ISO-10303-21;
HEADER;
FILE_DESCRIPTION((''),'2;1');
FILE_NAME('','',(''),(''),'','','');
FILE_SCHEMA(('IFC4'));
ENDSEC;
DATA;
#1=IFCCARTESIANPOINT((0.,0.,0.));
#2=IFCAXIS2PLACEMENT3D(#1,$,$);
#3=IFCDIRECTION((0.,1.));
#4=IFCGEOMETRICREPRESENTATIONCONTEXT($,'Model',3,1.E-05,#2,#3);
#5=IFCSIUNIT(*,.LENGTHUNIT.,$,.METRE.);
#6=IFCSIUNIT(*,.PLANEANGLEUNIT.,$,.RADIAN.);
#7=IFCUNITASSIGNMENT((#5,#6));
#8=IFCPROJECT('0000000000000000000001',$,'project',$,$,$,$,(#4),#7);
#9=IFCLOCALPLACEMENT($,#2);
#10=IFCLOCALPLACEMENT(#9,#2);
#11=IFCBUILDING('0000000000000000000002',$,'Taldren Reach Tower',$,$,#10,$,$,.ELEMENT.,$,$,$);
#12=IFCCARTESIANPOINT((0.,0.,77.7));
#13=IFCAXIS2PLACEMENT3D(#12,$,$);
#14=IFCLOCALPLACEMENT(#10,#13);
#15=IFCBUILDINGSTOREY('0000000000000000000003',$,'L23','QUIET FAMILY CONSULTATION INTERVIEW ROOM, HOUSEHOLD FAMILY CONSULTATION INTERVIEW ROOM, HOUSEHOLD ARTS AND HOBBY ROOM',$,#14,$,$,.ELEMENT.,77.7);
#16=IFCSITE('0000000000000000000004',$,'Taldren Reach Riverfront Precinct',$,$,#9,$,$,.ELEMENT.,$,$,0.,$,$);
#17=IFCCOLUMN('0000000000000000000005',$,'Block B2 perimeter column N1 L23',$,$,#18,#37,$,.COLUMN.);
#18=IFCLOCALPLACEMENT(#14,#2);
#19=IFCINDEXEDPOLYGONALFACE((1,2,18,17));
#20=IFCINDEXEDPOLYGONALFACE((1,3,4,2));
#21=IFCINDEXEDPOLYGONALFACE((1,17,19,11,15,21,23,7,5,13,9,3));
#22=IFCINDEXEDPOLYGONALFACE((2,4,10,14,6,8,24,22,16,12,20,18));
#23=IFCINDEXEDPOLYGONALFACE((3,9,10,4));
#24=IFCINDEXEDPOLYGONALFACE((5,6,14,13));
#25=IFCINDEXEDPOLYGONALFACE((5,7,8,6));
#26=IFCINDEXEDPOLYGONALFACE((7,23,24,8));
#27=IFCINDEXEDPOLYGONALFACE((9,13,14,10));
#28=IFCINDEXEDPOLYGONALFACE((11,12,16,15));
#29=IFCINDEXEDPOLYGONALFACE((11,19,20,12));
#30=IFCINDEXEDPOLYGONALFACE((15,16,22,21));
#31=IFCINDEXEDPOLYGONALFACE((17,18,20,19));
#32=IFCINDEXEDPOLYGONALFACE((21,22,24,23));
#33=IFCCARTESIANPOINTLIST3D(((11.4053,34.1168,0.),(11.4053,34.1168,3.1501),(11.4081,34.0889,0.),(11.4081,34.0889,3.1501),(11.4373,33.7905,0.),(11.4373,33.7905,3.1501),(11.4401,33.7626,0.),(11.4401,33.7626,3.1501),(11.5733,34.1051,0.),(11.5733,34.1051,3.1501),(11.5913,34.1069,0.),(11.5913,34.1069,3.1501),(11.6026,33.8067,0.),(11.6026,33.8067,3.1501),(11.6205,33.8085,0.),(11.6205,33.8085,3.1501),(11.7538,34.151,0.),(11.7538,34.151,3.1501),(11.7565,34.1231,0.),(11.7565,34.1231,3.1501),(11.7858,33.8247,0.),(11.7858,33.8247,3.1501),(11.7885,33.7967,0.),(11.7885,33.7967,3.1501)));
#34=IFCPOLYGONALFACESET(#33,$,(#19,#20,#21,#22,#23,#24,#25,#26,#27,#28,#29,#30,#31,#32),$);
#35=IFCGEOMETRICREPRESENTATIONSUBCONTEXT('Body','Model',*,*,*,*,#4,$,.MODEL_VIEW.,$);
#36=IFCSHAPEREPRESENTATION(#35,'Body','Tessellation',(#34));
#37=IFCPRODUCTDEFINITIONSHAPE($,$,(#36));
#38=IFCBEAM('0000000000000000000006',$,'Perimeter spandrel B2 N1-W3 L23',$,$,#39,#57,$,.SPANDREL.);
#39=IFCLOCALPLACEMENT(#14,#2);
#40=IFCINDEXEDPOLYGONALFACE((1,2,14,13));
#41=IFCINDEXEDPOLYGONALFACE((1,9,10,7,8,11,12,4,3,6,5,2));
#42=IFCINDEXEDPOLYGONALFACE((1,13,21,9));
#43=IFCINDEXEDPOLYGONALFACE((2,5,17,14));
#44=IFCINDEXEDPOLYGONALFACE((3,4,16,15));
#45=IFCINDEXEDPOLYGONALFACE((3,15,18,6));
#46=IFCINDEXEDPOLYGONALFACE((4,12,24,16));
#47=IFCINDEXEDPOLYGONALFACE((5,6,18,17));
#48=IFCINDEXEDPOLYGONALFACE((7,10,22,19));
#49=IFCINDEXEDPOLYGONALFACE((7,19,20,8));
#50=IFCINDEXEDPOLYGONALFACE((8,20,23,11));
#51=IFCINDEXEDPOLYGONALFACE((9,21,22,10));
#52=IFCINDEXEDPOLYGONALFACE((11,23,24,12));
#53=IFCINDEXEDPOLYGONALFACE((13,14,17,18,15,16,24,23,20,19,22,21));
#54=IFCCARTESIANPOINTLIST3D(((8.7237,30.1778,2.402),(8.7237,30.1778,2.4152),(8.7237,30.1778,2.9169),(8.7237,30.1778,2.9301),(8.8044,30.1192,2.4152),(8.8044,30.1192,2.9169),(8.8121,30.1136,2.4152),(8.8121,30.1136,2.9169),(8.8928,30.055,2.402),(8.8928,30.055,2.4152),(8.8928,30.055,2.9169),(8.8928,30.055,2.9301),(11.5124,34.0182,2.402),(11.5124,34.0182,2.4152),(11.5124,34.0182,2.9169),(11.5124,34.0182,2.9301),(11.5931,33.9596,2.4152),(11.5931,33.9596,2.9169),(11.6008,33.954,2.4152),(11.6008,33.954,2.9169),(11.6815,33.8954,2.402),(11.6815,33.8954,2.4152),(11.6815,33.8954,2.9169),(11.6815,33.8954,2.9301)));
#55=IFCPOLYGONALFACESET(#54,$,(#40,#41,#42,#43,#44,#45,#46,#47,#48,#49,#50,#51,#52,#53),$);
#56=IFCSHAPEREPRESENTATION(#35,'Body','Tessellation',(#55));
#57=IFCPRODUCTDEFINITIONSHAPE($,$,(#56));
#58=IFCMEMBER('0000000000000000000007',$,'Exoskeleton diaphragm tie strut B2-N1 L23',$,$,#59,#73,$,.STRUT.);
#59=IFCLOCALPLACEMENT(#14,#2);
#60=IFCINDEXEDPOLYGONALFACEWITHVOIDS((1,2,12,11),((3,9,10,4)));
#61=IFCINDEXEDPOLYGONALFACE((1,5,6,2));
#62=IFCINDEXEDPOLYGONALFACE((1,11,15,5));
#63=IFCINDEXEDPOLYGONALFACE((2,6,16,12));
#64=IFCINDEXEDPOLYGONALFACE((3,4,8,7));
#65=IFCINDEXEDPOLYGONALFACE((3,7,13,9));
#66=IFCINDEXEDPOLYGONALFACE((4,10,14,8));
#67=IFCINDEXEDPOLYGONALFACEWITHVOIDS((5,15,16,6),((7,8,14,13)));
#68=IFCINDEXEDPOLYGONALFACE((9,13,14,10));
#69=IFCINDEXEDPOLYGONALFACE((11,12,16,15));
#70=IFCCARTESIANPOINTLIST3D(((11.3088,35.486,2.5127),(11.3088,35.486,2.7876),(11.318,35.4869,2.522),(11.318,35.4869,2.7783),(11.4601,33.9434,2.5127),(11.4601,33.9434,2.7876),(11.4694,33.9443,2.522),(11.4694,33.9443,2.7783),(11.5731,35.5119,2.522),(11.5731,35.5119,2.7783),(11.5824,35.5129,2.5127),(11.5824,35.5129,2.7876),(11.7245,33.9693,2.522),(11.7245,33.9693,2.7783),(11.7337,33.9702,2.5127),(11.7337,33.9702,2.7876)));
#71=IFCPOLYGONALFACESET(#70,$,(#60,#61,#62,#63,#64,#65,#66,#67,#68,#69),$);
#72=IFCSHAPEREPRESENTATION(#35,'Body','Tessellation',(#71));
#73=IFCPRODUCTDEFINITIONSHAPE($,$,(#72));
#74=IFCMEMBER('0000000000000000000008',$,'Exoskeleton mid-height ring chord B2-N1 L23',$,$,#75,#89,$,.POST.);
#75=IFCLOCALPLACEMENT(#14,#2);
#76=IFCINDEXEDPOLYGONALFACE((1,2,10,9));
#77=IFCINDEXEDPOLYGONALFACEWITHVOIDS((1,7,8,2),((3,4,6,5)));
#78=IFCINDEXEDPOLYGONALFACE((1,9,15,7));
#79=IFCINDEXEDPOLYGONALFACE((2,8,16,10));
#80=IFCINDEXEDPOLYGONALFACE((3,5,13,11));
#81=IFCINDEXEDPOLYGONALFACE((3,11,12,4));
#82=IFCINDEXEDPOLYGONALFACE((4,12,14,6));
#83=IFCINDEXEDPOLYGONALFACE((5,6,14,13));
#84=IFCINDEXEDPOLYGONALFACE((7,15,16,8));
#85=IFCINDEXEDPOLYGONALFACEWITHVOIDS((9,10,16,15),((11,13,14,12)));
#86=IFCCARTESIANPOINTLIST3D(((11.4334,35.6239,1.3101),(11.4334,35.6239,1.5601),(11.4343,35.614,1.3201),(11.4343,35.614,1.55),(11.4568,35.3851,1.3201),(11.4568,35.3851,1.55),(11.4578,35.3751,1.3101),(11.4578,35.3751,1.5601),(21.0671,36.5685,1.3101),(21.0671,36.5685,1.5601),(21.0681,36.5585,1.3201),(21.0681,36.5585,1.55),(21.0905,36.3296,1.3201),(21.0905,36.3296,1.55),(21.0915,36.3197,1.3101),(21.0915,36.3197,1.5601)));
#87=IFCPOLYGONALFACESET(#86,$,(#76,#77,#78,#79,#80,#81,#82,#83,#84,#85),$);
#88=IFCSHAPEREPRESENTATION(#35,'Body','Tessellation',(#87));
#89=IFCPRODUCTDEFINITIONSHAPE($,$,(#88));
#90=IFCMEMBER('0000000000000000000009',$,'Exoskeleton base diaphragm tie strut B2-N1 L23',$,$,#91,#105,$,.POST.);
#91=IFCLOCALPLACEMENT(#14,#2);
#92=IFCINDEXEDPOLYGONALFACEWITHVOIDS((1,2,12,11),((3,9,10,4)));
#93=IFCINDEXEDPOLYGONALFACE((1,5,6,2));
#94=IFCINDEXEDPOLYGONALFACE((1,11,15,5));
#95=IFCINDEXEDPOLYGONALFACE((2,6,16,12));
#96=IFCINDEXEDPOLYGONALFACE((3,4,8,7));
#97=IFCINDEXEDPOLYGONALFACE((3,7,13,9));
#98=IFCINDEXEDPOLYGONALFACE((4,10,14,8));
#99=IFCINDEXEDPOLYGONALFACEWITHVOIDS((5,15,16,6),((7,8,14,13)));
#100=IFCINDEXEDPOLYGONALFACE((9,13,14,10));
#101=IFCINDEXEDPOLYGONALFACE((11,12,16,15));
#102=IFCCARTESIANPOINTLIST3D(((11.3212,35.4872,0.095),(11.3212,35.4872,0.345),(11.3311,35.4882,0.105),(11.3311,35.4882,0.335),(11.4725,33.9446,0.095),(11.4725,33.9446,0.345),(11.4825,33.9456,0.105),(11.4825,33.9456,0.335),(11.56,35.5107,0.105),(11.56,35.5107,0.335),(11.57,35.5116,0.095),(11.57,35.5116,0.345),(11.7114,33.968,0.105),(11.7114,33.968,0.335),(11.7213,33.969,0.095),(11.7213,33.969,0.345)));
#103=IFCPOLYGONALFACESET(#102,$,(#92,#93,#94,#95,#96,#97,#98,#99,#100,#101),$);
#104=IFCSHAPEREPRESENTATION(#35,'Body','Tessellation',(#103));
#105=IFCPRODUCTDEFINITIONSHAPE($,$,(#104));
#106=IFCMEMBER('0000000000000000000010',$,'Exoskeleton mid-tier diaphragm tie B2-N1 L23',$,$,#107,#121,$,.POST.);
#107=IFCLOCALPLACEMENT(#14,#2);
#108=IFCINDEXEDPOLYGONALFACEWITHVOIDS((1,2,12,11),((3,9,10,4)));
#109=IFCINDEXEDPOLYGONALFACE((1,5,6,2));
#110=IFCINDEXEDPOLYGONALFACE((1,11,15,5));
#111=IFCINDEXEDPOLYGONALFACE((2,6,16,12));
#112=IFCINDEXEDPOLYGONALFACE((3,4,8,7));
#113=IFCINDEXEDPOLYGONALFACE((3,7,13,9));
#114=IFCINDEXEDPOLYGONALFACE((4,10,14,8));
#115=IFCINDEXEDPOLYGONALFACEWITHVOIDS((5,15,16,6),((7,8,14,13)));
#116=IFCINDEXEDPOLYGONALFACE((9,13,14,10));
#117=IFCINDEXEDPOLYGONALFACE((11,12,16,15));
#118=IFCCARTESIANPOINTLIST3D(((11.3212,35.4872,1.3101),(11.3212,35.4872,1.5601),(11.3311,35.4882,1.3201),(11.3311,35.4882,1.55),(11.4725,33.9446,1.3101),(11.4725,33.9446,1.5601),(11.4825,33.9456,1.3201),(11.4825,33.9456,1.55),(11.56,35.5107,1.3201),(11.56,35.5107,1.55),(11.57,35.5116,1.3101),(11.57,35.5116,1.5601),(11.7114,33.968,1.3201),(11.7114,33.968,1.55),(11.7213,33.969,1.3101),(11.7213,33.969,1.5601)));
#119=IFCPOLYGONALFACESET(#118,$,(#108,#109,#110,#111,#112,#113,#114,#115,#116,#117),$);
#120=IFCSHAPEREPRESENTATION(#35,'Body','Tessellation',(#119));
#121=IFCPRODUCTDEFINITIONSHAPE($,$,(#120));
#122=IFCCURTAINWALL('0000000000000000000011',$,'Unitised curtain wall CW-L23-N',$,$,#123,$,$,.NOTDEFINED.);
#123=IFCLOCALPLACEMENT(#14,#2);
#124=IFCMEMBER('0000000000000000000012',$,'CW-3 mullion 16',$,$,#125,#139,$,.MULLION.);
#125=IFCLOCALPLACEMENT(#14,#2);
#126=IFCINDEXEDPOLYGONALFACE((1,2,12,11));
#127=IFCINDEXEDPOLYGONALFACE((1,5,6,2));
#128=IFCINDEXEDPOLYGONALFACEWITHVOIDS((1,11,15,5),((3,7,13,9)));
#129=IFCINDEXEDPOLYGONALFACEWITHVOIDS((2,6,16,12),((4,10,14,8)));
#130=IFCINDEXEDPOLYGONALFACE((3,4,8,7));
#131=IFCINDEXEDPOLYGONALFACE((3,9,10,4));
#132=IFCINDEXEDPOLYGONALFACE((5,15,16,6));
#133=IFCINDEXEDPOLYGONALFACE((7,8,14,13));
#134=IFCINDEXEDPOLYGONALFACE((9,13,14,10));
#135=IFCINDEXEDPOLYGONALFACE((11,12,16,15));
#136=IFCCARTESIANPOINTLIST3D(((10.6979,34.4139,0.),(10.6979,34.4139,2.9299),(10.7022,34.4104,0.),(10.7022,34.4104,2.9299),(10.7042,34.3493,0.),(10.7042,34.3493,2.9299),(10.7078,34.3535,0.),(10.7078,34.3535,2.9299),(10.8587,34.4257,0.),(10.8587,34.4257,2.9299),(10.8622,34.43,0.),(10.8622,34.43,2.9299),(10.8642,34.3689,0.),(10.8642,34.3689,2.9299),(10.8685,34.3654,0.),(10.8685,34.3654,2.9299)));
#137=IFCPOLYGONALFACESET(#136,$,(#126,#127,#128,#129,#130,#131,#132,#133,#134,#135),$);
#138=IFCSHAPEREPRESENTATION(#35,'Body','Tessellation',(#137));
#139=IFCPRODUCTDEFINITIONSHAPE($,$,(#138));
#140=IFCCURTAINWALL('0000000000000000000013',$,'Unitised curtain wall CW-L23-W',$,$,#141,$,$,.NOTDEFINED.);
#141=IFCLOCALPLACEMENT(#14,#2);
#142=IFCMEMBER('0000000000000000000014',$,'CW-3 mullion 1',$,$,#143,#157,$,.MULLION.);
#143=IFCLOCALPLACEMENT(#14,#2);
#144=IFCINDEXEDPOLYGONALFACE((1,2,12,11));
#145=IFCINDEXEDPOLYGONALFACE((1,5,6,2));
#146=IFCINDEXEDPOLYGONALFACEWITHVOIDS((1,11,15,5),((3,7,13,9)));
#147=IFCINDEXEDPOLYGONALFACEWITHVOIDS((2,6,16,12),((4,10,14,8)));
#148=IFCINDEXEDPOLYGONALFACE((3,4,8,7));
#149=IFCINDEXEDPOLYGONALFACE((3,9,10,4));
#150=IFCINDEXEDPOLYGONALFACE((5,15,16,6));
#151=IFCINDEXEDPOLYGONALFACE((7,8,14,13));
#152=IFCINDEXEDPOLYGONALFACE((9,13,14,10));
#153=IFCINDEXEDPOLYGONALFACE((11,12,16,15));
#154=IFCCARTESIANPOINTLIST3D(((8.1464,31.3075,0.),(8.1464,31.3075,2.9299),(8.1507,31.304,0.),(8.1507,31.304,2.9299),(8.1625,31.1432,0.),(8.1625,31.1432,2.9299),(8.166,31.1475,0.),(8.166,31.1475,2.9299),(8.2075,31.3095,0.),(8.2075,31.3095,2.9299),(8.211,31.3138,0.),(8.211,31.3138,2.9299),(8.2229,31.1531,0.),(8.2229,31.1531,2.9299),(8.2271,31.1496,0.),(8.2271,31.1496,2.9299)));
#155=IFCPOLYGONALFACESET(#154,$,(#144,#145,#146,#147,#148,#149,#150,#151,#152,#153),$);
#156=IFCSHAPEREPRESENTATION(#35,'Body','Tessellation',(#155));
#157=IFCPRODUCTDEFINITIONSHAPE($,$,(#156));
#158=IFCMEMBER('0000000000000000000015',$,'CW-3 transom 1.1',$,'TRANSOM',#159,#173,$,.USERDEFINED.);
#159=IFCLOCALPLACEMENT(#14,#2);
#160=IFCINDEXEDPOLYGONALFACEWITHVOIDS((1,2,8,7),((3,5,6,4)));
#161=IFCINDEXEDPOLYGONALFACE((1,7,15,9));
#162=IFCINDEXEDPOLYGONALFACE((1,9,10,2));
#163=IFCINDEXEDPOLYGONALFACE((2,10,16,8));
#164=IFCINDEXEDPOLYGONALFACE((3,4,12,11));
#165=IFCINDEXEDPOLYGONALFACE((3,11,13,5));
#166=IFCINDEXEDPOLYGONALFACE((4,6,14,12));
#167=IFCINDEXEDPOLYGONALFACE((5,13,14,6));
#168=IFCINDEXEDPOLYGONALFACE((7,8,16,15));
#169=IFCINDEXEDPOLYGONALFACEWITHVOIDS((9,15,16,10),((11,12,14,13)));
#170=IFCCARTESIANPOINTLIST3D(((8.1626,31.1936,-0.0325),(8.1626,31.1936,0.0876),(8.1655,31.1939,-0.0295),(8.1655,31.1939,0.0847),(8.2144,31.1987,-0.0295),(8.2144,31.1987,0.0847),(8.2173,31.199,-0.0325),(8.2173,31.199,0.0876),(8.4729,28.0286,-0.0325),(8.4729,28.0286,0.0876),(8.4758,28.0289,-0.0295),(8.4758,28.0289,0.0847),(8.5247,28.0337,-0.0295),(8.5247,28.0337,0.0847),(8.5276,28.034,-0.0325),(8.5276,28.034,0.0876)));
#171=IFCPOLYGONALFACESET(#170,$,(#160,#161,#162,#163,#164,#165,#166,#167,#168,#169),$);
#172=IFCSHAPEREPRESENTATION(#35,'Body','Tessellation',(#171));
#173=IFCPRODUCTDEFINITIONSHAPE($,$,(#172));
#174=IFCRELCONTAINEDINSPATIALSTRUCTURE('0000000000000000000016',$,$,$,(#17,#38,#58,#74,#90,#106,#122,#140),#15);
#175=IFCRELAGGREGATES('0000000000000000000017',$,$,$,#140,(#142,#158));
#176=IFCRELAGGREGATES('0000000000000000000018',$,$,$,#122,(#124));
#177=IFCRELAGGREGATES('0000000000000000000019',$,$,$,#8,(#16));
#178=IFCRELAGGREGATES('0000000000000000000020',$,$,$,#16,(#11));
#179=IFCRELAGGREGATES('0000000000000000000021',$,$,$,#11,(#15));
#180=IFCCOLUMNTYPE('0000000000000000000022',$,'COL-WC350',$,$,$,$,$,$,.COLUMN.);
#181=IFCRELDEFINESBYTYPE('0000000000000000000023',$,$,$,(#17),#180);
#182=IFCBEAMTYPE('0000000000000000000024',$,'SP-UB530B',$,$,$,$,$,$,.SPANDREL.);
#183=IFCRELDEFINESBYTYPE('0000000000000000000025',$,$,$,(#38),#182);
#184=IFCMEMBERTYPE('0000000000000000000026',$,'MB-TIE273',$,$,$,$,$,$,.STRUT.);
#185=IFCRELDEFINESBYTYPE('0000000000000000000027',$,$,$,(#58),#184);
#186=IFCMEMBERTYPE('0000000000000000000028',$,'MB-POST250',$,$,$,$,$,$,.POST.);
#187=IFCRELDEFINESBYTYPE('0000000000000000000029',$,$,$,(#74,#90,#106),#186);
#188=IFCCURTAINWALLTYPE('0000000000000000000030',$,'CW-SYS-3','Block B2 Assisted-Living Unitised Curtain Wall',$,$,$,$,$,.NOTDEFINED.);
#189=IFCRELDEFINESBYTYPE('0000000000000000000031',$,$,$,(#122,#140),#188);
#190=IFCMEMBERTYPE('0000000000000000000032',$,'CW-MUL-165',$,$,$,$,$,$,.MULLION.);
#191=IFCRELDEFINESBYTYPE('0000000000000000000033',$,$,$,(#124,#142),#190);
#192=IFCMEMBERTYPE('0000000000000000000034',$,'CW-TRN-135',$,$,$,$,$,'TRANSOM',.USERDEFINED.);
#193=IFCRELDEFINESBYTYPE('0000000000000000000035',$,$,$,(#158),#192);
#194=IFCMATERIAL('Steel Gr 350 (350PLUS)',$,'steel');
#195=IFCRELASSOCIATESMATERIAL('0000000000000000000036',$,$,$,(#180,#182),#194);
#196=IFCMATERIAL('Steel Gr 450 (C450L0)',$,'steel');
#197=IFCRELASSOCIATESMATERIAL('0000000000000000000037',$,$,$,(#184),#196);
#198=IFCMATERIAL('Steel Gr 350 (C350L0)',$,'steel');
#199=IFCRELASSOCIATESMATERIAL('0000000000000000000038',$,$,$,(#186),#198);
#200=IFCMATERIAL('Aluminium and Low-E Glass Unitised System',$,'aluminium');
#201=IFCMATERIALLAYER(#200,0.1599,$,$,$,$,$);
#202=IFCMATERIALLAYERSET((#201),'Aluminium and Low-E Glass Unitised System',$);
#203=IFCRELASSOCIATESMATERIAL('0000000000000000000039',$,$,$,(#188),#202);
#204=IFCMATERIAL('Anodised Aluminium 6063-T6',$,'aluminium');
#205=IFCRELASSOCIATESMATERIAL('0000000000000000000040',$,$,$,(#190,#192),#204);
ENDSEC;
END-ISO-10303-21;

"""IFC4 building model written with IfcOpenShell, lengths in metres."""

from ifc_helpers import new_model, si_unit, direction, frame, origin, origin_2d, place, context, subcontext, project, spatial, hollow_rectangle, i_section, extrude, source, transform, mapped, material, layer, layer_set, material_profile, profile_set, type_object, element, aggregate, save


model = new_model("IFC4")

# Units and contexts
model_context = context("Model", 3, precision=1e-05, world=origin(), true_north=direction((0.0, 1.0)))
body_context = subcontext(model_context, "Body", "Model", "MODEL_VIEW")
ifc_project = project(units=[si_unit("LENGTHUNIT", "METRE"), si_unit("PLANEANGLEUNIT", "RADIAN")], contexts=[model_context])

# Site, building, storey
site_placement = place(None, origin())
site = spatial("IfcSite", under=ifc_project, at=site_placement, Name="Taldren Reach Riverfront Precinct", CompositionType="ELEMENT", RefElevation=0.0)
building_placement = place(site_placement, origin())
building = spatial("IfcBuilding", under=site, at=building_placement, Name="Taldren Reach Tower", CompositionType="ELEMENT")
storey_placement = place(building_placement, frame((0.0, 0.0, 77.7)))
storey = spatial("IfcBuildingStorey", under=building, at=storey_placement, Name="L23", Description="QUIET FAMILY CONSULTATION INTERVIEW ROOM, HOUSEHOLD FAMILY CONSULTATION INTERVIEW ROOM, HOUSEHOLD ARTS AND HOBBY ROOM", CompositionType="ELEMENT", Elevation=77.7)

# Column
ifc_material_1 = material(Name="Steel Gr 350 (350PLUS)", Category="steel")
ifc_material_profile_1 = material_profile(ifc_material_1, i_section(OverallWidth=0.3501, OverallDepth=0.356, WebThickness=0.0181, FlangeThickness=0.0281, at=origin_2d()), Name="350WC197")
ifc_profile_set_1 = profile_set([ifc_material_profile_1], Name="Steel Gr 350 (350PLUS)")
column_type = type_object("IfcColumnType", Name="COL-WC350", PredefinedType="COLUMN", material=ifc_profile_set_1)
shared_shape_1 = source(origin(), body_context, "Body", "SweptSolid", [
    extrude(i_section(OverallWidth=0.3501, OverallDepth=0.356, WebThickness=0.0181, FlangeThickness=0.0281, at=origin_2d()), origin(), (0.0, 0.0, 1.0), 3.1501),
])
column_placement = place(storey_placement, frame((11.5969, 33.9568, 0.0), z_axis=(0.0, 0.0, 1.0), x_axis=(0.995227, 0.097583, 0.0)))
element("IfcColumn", 1, at=column_placement, inside=storey, type_object=column_type, Name="Block B2 perimeter column N1 L23", PredefinedType="COLUMN", context=body_context, shape_type="MappedRepresentation", body=[
    mapped(shared_shape_1, transform((0.0, 0.0, 0.0), scale=1.0)),
])

# Beam
ifc_material_profile_2 = material_profile(ifc_material_1, i_section(OverallWidth=0.209, OverallDepth=0.5281, WebThickness=0.0095, FlangeThickness=0.0132, at=origin_2d()), Name="530UB82.0")
ifc_profile_set_2 = profile_set([ifc_material_profile_2], Name="Steel Gr 350 (350PLUS)")
beam_type = type_object("IfcBeamType", Name="SP-UB530B", PredefinedType="SPANDREL", material=ifc_profile_set_2)
shared_shape_2 = source(origin(), body_context, "Body", "SweptSolid", [
    extrude(i_section(OverallWidth=0.209, OverallDepth=0.5281, WebThickness=0.0095, FlangeThickness=0.0132, at=origin_2d()), origin(), (0.0, 0.0, 1.0), 4.7461),
])
beam_placement = place(storey_placement, frame((11.5969, 33.9568, 2.666), z_axis=(-0.587566, -0.809176, 0.0), x_axis=(0.809176, -0.587566, 0.0)))
element("IfcBeam", 2, at=beam_placement, inside=storey, type_object=beam_type, Name="Perimeter spandrel B2 N1-W3 L23", PredefinedType="SPANDREL", context=body_context, shape_type="MappedRepresentation", body=[
    mapped(shared_shape_2, transform((0.0, 0.0, 0.0), scale=1.0)),
])

# Members
ifc_material_2 = material(Name="Steel Gr 450 (C450L0)", Category="steel")
ifc_material_profile_3 = material_profile(ifc_material_2, hollow_rectangle(XDim=0.2749, YDim=0.2749, WallThickness=0.0093, at=origin_2d()), Name="275x275x9.3SHS")
ifc_profile_set_3 = profile_set([ifc_material_profile_3], Name="Steel Gr 450 (C450L0)")
member_type_1 = type_object("IfcMemberType", Name="MB-TIE273", PredefinedType="STRUT", material=ifc_profile_set_3)
shared_shape_3 = source(origin(), body_context, "Body", "SweptSolid", [
    extrude(hollow_rectangle(XDim=0.2749, YDim=0.2749, WallThickness=0.0093, at=origin_2d()), origin(), (0.0, 0.0, 1.0), 1.55),
])
member_1_placement = place(storey_placement, frame((11.5969, 33.9568, 2.6501), z_axis=(-0.097648, 0.995221, 0.0), x_axis=(-0.995221, -0.097648, 0.0)))
element("IfcMember", 3, at=member_1_placement, inside=storey, type_object=member_type_1, Name="Exoskeleton diaphragm tie strut B2-N1 L23", PredefinedType="STRUT", context=body_context, shape_type="MappedRepresentation", body=[
    mapped(shared_shape_3, transform((0.0, 0.0, 0.0), scale=1.0)),
])
ifc_material_3 = material(Name="Steel Gr 350 (C350L0)", Category="steel")
ifc_material_profile_4 = material_profile(ifc_material_3, hollow_rectangle(XDim=0.25, YDim=0.25, WallThickness=0.01, at=origin_2d()), Name="250x250x10.0SHS")
ifc_profile_set_4 = profile_set([ifc_material_profile_4], Name="Steel Gr 350 (C350L0)")
member_type_2 = type_object("IfcMemberType", Name="MB-POST250", PredefinedType="POST", material=ifc_profile_set_4)
shared_shape_4 = source(origin(), body_context, "Body", "SweptSolid", [
    extrude(hollow_rectangle(XDim=0.25, YDim=0.25, WallThickness=0.01, at=origin_2d()), origin(), (0.0, 0.0, 1.0), 9.6799),
])
member_2_placement = place(storey_placement, frame((11.4456, 35.4995, 1.4351), z_axis=(0.995228, 0.097581, 0.0), x_axis=(-0.097581, 0.995228, 0.0)))
element("IfcMember", 4, at=member_2_placement, inside=storey, type_object=member_type_2, Name="Exoskeleton mid-height ring chord B2-N1 L23", PredefinedType="POST", context=body_context, shape_type="MappedRepresentation", body=[
    mapped(shared_shape_4, transform((0.0, 0.0, 0.0), scale=1.0)),
])
shared_shape_5 = source(origin(), body_context, "Body", "SweptSolid", [
    extrude(hollow_rectangle(XDim=0.25, YDim=0.25, WallThickness=0.01, at=origin_2d()), origin(), (0.0, 0.0, 1.0), 1.55),
])
for number, where, z_axis, x_axis, name in (
    (5, (11.5969, 33.9568, 0.22), (-0.097648, 0.995221, 0.0), (-0.995221, -0.097648, 0.0), "Exoskeleton base diaphragm tie strut B2-N1 L23"),
    (6, (11.5969, 33.9568, 1.4351), (-0.097648, 0.995221, 0.0), (-0.995221, -0.097648, 0.0), "Exoskeleton mid-tier diaphragm tie B2-N1 L23"),
):
    element("IfcMember", number, at=place(storey_placement, frame(where, z_axis=z_axis, x_axis=x_axis)), inside=storey, type_object=member_type_2, Name=name, PredefinedType="POST", context=body_context, shape_type="MappedRepresentation", body=[
        mapped(shared_shape_5, transform((0.0, 0.0, 0.0), scale=1.0)),
    ])

# Curtain wall, member
ifc_material_4 = material(Name="Aluminium and Low-E Glass Unitised System", Category="aluminium")
ifc_layer_1 = layer(ifc_material_4, 0.1599)
ifc_layer_set_1 = layer_set([ifc_layer_1], Name="Aluminium and Low-E Glass Unitised System")
curtain_wall_type = type_object("IfcCurtainWallType", Name="CW-SYS-3", Description="Block B2 Assisted-Living Unitised Curtain Wall", PredefinedType="NOTDEFINED", material=ifc_layer_set_1)
curtain_wall_1_placement = place(storey_placement, origin())
curtain_wall_1 = element("IfcCurtainWall", 7, at=curtain_wall_1_placement, inside=storey, type_object=curtain_wall_type, Name="Unitised curtain wall CW-L23-N", PredefinedType="NOTDEFINED")
ifc_material_5 = material(Name="Anodised Aluminium 6063-T6", Category="aluminium")
ifc_material_profile_5 = material_profile(ifc_material_5, hollow_rectangle(XDim=0.0649, YDim=0.165, WallThickness=0.0039, at=origin_2d()), Name="ALU-165x65x4RHS")
ifc_profile_set_5 = profile_set([ifc_material_profile_5], Name="Anodised Aluminium 6063-T6")
member_type_3 = type_object("IfcMemberType", Name="CW-MUL-165", PredefinedType="MULLION", material=ifc_profile_set_5)
shared_shape_6 = source(origin(), body_context, "Body", "SweptSolid", [
    extrude(hollow_rectangle(XDim=0.0649, YDim=0.165, WallThickness=0.0039, at=origin_2d()), origin(), (0.0, 0.0, 1.0), 2.9299),
])
member_3_placement = place(storey_placement, frame((10.7832, 34.3896, 0.0), z_axis=(0.0, 0.0, 1.0), x_axis=(0.097583, -0.995227, 0.0)))
member_3 = element("IfcMember", 8, at=member_3_placement, type_object=member_type_3, Name="CW-3 mullion 16", PredefinedType="MULLION", context=body_context, shape_type="MappedRepresentation", body=[
    mapped(shared_shape_6, transform((0.0, 0.0, 0.0), scale=1.0)),
])

# Curtain wall, members
curtain_wall_2_placement = place(storey_placement, origin())
curtain_wall_2 = element("IfcCurtainWall", 9, at=curtain_wall_2_placement, inside=storey, type_object=curtain_wall_type, Name="Unitised curtain wall CW-L23-W", PredefinedType="NOTDEFINED")
member_4_placement = place(storey_placement, frame((8.1868, 31.2285, 0.0), z_axis=(0.0, 0.0, 1.0), x_axis=(0.995227, 0.097583, 0.0)))
member_4 = element("IfcMember", 10, at=member_4_placement, type_object=member_type_3, Name="CW-3 mullion 1", PredefinedType="MULLION", context=body_context, shape_type="MappedRepresentation", body=[
    mapped(shared_shape_6, transform((0.0, 0.0, 0.0), scale=1.0)),
])
ifc_material_profile_6 = material_profile(ifc_material_5, hollow_rectangle(XDim=0.0549, YDim=0.1201, WallThickness=0.0029, at=origin_2d()), Name="ALU-120x55x3RHS")
ifc_profile_set_6 = profile_set([ifc_material_profile_6], Name="Anodised Aluminium 6063-T6")
member_type_4 = type_object("IfcMemberType", Name="CW-TRN-135", ElementType="TRANSOM", PredefinedType="USERDEFINED", material=ifc_profile_set_6)
shared_shape_7 = source(origin(), body_context, "Body", "SweptSolid", [
    extrude(hollow_rectangle(XDim=0.0549, YDim=0.1201, WallThickness=0.0029, at=origin_2d()), origin(), (0.0, 0.0, 1.0), 3.1802),
])
member_5_placement = place(storey_placement, frame((8.1899, 31.1963, 0.0276), z_axis=(0.097573, -0.995228, 0.0), x_axis=(0.995228, 0.097573, 0.0)))
member_5 = element("IfcMember", 11, at=member_5_placement, type_object=member_type_4, Name="CW-3 transom 1.1", ObjectType="TRANSOM", PredefinedType="USERDEFINED", context=body_context, shape_type="MappedRepresentation", body=[
    mapped(shared_shape_7, transform((0.0, 0.0, 0.0), scale=1.0)),
])
aggregate(curtain_wall_2, [member_4, member_5])

aggregate(curtain_wall_1, [member_3])

save(model, "model.ifc")
